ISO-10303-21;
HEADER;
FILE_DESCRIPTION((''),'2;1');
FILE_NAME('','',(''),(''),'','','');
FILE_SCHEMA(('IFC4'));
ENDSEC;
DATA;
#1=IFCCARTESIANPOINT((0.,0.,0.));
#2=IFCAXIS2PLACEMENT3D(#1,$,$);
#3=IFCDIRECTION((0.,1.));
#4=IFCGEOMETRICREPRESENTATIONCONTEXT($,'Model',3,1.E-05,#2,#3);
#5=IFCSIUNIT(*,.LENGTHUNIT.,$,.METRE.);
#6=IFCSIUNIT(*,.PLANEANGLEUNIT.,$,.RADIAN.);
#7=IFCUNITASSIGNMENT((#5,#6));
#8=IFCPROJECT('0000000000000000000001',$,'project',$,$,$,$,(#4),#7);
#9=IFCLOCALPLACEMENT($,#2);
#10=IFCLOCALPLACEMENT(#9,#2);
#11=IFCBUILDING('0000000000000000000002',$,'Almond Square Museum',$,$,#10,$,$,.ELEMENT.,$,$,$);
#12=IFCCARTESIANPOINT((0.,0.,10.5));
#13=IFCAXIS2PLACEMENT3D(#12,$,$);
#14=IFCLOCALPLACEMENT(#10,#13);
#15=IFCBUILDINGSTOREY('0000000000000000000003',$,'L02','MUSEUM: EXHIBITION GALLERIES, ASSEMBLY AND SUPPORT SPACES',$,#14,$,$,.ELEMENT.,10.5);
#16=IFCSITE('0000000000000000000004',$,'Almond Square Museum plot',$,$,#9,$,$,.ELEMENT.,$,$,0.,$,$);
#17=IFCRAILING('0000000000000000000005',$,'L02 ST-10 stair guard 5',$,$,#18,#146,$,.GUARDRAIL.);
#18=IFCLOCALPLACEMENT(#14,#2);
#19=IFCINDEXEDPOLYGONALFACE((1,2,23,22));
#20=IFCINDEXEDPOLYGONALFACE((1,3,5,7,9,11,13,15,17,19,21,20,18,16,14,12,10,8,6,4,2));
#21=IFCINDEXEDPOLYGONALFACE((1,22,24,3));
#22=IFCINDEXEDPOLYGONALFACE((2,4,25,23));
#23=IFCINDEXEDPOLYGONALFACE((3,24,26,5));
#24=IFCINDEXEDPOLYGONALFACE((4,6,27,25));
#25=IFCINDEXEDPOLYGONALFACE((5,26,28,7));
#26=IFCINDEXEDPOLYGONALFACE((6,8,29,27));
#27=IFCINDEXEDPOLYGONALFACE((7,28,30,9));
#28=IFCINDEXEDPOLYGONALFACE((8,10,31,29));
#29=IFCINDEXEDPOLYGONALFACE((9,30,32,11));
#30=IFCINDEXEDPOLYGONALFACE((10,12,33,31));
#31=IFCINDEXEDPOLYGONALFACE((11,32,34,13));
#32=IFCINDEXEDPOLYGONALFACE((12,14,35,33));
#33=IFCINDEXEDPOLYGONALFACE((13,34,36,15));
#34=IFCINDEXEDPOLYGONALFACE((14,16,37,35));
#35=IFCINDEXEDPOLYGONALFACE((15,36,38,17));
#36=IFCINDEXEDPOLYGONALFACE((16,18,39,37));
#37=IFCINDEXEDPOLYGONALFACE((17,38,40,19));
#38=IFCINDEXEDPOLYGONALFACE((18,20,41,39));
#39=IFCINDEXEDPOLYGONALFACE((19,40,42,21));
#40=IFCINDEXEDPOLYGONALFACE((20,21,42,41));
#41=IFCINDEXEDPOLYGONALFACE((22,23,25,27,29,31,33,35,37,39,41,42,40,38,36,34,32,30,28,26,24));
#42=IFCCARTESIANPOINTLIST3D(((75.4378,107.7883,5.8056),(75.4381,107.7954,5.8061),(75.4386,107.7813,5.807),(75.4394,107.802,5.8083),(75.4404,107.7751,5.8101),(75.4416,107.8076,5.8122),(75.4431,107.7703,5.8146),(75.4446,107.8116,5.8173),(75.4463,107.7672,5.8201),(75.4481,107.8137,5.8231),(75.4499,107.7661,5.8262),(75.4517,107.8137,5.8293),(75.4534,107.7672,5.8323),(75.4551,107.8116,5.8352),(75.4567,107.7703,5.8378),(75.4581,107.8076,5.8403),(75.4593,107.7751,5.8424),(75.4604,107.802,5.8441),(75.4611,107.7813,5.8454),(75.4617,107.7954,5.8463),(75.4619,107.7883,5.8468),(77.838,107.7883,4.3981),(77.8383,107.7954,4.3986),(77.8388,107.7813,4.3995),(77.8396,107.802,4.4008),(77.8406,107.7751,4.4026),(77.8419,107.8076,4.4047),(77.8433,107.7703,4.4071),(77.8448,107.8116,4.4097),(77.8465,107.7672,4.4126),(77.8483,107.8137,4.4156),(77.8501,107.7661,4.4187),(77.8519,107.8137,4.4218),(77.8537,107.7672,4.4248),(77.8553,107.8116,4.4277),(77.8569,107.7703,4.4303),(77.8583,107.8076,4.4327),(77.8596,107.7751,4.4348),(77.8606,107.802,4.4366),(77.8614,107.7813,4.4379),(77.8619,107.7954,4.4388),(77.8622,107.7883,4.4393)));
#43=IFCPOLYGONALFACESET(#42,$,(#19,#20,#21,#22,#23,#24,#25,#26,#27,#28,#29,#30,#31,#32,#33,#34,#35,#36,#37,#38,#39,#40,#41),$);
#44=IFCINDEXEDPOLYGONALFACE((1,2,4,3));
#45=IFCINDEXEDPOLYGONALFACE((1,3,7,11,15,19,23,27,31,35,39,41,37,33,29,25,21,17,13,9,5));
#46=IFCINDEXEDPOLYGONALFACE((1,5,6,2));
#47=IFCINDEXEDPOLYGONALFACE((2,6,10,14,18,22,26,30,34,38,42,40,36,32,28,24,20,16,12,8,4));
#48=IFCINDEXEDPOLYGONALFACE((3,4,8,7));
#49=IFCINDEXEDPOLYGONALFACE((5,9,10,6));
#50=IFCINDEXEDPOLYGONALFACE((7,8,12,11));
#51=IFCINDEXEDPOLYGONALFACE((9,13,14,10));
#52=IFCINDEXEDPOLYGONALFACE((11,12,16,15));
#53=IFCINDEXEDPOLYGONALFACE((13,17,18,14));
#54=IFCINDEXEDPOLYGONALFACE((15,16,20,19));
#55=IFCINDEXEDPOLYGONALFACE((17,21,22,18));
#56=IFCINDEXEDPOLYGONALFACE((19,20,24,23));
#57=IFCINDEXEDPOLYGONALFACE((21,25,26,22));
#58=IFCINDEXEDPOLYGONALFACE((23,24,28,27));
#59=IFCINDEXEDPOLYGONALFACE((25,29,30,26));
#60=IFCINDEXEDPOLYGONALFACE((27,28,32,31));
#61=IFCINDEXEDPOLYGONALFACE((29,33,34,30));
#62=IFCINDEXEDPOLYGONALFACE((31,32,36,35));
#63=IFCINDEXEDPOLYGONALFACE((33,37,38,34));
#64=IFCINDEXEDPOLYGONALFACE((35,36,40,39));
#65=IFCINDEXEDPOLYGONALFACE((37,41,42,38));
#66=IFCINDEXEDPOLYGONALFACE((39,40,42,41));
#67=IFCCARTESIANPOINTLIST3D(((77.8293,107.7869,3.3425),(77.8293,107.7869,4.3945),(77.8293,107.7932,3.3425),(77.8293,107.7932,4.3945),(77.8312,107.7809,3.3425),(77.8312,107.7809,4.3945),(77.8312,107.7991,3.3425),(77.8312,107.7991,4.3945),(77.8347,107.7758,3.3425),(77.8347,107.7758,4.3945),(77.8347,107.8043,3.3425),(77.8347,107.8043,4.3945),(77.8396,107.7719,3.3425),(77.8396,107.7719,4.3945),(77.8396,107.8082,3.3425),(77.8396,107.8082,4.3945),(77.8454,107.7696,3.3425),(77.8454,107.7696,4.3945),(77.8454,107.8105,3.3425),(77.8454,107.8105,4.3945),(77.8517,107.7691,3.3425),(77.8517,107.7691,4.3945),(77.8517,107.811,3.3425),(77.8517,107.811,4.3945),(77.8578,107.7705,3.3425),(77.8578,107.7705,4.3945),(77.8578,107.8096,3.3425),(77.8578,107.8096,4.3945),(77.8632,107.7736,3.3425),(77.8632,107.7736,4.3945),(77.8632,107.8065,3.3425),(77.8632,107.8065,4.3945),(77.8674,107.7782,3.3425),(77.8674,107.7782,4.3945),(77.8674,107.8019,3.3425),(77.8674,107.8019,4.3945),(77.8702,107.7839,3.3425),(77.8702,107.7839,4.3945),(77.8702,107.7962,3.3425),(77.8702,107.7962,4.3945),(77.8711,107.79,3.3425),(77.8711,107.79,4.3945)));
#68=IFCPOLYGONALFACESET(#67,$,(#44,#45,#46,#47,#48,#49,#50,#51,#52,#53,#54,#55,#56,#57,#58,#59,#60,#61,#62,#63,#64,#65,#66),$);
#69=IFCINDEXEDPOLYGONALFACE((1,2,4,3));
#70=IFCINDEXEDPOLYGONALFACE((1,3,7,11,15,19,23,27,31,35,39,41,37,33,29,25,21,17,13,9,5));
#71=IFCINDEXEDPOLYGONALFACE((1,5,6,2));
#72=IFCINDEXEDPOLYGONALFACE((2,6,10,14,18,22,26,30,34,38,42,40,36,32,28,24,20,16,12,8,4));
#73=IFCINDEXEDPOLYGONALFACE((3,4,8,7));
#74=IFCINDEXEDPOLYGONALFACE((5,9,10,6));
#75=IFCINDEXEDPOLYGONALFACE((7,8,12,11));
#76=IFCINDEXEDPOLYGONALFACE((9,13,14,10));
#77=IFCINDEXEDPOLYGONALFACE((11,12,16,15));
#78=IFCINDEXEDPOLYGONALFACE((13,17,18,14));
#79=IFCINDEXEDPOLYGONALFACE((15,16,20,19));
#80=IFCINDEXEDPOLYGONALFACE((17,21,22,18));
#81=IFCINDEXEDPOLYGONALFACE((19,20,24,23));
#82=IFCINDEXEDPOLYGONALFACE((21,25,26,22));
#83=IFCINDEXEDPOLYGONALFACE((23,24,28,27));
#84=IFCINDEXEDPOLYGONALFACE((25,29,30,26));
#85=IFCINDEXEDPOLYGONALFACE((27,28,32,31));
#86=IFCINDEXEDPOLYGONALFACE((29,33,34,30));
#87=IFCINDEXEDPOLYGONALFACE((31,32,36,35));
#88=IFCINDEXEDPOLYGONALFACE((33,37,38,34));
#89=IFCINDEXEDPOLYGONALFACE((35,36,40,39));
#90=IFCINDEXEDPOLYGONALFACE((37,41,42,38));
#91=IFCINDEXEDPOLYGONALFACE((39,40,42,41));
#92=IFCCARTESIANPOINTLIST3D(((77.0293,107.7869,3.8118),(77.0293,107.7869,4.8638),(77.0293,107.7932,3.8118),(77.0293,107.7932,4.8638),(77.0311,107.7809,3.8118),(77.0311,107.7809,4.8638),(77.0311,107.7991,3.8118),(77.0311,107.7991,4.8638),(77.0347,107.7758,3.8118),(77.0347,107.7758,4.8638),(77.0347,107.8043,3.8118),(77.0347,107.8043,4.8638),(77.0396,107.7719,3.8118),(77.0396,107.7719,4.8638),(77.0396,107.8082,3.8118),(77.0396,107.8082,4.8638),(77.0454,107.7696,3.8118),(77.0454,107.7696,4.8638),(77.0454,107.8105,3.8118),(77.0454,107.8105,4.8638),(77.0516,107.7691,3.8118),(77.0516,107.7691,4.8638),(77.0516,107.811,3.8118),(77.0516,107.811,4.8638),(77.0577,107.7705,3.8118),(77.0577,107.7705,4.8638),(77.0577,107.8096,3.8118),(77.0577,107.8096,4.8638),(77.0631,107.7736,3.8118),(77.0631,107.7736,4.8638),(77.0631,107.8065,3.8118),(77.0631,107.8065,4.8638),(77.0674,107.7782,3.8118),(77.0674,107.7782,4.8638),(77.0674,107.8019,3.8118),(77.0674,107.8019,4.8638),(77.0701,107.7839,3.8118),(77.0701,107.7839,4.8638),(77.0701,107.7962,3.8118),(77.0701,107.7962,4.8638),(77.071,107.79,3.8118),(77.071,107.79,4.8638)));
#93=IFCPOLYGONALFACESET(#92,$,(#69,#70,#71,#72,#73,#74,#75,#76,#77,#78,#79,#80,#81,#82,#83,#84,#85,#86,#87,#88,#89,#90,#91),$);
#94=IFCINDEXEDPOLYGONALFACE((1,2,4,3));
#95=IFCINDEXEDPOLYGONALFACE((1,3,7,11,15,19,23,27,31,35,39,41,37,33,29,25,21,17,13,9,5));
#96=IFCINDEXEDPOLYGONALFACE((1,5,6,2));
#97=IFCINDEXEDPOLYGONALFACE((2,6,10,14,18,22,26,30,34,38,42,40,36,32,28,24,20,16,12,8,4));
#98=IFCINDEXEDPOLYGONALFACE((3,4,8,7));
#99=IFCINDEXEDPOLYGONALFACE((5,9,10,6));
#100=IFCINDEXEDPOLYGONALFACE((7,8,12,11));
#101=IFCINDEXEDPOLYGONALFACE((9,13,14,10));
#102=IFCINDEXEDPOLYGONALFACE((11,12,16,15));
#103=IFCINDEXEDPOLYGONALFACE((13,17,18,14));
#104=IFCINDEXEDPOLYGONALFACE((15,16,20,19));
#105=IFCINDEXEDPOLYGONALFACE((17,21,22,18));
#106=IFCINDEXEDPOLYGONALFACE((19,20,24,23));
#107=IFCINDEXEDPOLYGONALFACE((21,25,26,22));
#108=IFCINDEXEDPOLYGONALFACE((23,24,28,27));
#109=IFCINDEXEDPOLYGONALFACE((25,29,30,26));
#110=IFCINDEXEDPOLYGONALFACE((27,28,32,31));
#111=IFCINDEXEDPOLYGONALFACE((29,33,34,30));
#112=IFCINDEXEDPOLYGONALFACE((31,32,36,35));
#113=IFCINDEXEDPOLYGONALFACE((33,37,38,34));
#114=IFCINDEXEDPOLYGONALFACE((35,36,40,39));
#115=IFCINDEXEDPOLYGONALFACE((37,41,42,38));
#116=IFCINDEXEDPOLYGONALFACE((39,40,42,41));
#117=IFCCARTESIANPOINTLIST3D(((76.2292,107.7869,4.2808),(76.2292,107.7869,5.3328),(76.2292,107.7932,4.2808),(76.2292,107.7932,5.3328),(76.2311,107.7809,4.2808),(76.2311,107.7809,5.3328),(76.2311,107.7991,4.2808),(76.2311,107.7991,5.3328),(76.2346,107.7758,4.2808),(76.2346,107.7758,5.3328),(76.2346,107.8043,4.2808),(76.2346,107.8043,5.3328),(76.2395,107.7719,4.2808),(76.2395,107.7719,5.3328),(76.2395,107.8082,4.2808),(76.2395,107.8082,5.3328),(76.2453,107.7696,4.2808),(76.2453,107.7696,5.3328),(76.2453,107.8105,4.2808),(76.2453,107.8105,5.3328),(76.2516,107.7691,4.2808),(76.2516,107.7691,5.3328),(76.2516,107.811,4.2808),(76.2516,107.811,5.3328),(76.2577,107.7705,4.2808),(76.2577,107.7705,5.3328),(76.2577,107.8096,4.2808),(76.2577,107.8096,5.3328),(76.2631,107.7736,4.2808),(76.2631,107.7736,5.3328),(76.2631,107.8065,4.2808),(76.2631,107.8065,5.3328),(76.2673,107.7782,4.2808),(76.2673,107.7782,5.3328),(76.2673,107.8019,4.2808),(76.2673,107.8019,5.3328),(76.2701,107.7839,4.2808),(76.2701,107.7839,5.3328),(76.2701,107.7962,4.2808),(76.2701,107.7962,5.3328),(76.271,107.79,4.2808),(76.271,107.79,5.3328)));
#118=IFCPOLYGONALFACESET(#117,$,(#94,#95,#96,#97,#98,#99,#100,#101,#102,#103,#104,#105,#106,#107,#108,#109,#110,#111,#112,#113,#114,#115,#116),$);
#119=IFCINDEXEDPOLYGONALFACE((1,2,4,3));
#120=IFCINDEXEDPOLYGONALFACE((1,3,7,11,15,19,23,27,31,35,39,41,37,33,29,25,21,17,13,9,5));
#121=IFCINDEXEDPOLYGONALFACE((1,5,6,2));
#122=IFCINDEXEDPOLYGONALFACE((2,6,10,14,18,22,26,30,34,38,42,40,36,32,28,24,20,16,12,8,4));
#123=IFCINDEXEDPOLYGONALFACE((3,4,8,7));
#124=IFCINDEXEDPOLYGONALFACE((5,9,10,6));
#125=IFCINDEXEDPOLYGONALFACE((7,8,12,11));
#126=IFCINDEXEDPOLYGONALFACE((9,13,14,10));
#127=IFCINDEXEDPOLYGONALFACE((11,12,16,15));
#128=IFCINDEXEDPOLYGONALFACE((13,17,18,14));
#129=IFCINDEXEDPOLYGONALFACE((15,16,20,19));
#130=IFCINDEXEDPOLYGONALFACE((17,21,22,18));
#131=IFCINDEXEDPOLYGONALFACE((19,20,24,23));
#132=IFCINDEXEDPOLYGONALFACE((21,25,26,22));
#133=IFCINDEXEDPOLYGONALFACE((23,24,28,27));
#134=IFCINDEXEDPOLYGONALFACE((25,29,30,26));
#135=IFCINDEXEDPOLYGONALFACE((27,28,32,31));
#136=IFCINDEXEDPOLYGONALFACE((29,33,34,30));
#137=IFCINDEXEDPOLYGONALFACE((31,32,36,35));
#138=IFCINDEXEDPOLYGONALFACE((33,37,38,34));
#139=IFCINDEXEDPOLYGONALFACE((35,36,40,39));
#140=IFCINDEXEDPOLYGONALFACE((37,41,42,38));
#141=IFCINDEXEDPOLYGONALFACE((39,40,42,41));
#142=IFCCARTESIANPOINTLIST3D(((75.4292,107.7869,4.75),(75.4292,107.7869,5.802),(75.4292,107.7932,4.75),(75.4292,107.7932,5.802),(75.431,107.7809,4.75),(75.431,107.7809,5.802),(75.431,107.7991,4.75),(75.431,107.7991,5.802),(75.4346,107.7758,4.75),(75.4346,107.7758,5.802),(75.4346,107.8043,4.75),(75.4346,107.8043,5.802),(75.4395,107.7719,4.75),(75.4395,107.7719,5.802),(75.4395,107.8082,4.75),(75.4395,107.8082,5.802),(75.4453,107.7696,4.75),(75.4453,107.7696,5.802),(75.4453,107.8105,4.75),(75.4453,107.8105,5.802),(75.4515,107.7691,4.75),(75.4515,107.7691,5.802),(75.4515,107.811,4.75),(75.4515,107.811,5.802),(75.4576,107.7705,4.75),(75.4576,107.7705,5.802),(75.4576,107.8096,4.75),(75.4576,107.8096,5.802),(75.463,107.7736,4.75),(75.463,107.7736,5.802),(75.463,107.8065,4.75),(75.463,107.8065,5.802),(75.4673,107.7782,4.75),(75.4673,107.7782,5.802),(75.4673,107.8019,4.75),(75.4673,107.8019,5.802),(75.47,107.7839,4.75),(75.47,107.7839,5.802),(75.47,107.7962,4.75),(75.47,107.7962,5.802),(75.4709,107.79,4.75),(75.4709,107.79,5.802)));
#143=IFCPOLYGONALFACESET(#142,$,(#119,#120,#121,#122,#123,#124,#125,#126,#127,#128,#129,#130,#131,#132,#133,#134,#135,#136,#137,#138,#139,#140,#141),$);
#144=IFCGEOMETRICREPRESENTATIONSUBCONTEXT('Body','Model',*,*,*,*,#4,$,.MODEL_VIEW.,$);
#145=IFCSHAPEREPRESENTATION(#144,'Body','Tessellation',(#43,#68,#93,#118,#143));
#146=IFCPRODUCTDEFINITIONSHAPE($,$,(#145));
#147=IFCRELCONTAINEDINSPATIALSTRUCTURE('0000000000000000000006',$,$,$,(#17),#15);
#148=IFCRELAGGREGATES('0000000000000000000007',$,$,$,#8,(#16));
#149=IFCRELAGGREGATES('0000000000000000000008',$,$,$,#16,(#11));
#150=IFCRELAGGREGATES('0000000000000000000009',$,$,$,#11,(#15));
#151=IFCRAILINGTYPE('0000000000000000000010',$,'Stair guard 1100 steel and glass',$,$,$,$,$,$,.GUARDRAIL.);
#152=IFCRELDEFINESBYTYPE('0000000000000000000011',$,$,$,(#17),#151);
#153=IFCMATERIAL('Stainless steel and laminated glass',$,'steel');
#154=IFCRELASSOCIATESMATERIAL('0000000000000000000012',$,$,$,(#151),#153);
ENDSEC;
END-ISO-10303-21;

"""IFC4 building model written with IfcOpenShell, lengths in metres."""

from ifc_helpers import new_model, si_unit, direction, frame, origin, origin_2d, place, context, subcontext, project, spatial, circle, extrude, material, type_object, element, save


model = new_model("IFC4")

# Units and contexts
model_context = context("Model", 3, precision=1e-05, world=origin(), true_north=direction((0.0, 1.0)))
body_context = subcontext(model_context, "Body", "Model", "MODEL_VIEW")
ifc_project = project(units=[si_unit("LENGTHUNIT", "METRE"), si_unit("PLANEANGLEUNIT", "RADIAN")], contexts=[model_context])

# Site, building, storey
site_placement = place(None, origin())
site = spatial("IfcSite", under=ifc_project, at=site_placement, Name="Almond Square Museum plot", CompositionType="ELEMENT", RefElevation=0.0)
building_placement = place(site_placement, origin())
building = spatial("IfcBuilding", under=site, at=building_placement, Name="Almond Square Museum", CompositionType="ELEMENT")
storey_placement = place(building_placement, frame((0.0, 0.0, 10.5)))
storey = spatial("IfcBuildingStorey", under=building, at=storey_placement, Name="L02", Description="MUSEUM: EXHIBITION GALLERIES, ASSEMBLY AND SUPPORT SPACES", CompositionType="ELEMENT", Elevation=10.5)

# Railing
ifc_material_1 = material(Name="Stainless steel and laminated glass", Category="steel")
railing_type_1 = type_object("IfcRailingType", Name="Stair guard 1100 steel and glass", PredefinedType="GUARDRAIL", material=ifc_material_1)
railing_1_placement = place(storey_placement, frame((77.8501, 107.79, 3.3425)))
element("IfcRailing", 1, at=railing_1_placement, inside=storey, type_object=railing_type_1, Name="L02 ST-10 stair guard 5", PredefinedType="GUARDRAIL", context=body_context, shape_type="SweptSolid", body=[
    extrude(circle(Radius=0.0239, at=origin_2d()), frame((0.0, 0.0, 1.0762), z_axis=(-0.862621, 0.0, 0.50585), x_axis=(0.0, -1.0, 0.0)), (0.0, 0.0, 1.0), 2.7825),
    extrude(circle(Radius=0.021, at=origin_2d()), origin(), (0.0, 0.0, 1.0), 1.052),
    extrude(circle(Radius=0.021, at=origin_2d()), frame((-0.8, 0.0, 0.4692)), (0.0, 0.0, 1.0), 1.052),
    extrude(circle(Radius=0.021, at=origin_2d()), frame((-1.6001, 0.0, 0.9382)), (0.0, 0.0, 1.0), 1.052),
    extrude(circle(Radius=0.021, at=origin_2d()), frame((-2.4001, 0.0, 1.4075)), (0.0, 0.0, 1.0), 1.052),
])

save(model, "model.ifc")
